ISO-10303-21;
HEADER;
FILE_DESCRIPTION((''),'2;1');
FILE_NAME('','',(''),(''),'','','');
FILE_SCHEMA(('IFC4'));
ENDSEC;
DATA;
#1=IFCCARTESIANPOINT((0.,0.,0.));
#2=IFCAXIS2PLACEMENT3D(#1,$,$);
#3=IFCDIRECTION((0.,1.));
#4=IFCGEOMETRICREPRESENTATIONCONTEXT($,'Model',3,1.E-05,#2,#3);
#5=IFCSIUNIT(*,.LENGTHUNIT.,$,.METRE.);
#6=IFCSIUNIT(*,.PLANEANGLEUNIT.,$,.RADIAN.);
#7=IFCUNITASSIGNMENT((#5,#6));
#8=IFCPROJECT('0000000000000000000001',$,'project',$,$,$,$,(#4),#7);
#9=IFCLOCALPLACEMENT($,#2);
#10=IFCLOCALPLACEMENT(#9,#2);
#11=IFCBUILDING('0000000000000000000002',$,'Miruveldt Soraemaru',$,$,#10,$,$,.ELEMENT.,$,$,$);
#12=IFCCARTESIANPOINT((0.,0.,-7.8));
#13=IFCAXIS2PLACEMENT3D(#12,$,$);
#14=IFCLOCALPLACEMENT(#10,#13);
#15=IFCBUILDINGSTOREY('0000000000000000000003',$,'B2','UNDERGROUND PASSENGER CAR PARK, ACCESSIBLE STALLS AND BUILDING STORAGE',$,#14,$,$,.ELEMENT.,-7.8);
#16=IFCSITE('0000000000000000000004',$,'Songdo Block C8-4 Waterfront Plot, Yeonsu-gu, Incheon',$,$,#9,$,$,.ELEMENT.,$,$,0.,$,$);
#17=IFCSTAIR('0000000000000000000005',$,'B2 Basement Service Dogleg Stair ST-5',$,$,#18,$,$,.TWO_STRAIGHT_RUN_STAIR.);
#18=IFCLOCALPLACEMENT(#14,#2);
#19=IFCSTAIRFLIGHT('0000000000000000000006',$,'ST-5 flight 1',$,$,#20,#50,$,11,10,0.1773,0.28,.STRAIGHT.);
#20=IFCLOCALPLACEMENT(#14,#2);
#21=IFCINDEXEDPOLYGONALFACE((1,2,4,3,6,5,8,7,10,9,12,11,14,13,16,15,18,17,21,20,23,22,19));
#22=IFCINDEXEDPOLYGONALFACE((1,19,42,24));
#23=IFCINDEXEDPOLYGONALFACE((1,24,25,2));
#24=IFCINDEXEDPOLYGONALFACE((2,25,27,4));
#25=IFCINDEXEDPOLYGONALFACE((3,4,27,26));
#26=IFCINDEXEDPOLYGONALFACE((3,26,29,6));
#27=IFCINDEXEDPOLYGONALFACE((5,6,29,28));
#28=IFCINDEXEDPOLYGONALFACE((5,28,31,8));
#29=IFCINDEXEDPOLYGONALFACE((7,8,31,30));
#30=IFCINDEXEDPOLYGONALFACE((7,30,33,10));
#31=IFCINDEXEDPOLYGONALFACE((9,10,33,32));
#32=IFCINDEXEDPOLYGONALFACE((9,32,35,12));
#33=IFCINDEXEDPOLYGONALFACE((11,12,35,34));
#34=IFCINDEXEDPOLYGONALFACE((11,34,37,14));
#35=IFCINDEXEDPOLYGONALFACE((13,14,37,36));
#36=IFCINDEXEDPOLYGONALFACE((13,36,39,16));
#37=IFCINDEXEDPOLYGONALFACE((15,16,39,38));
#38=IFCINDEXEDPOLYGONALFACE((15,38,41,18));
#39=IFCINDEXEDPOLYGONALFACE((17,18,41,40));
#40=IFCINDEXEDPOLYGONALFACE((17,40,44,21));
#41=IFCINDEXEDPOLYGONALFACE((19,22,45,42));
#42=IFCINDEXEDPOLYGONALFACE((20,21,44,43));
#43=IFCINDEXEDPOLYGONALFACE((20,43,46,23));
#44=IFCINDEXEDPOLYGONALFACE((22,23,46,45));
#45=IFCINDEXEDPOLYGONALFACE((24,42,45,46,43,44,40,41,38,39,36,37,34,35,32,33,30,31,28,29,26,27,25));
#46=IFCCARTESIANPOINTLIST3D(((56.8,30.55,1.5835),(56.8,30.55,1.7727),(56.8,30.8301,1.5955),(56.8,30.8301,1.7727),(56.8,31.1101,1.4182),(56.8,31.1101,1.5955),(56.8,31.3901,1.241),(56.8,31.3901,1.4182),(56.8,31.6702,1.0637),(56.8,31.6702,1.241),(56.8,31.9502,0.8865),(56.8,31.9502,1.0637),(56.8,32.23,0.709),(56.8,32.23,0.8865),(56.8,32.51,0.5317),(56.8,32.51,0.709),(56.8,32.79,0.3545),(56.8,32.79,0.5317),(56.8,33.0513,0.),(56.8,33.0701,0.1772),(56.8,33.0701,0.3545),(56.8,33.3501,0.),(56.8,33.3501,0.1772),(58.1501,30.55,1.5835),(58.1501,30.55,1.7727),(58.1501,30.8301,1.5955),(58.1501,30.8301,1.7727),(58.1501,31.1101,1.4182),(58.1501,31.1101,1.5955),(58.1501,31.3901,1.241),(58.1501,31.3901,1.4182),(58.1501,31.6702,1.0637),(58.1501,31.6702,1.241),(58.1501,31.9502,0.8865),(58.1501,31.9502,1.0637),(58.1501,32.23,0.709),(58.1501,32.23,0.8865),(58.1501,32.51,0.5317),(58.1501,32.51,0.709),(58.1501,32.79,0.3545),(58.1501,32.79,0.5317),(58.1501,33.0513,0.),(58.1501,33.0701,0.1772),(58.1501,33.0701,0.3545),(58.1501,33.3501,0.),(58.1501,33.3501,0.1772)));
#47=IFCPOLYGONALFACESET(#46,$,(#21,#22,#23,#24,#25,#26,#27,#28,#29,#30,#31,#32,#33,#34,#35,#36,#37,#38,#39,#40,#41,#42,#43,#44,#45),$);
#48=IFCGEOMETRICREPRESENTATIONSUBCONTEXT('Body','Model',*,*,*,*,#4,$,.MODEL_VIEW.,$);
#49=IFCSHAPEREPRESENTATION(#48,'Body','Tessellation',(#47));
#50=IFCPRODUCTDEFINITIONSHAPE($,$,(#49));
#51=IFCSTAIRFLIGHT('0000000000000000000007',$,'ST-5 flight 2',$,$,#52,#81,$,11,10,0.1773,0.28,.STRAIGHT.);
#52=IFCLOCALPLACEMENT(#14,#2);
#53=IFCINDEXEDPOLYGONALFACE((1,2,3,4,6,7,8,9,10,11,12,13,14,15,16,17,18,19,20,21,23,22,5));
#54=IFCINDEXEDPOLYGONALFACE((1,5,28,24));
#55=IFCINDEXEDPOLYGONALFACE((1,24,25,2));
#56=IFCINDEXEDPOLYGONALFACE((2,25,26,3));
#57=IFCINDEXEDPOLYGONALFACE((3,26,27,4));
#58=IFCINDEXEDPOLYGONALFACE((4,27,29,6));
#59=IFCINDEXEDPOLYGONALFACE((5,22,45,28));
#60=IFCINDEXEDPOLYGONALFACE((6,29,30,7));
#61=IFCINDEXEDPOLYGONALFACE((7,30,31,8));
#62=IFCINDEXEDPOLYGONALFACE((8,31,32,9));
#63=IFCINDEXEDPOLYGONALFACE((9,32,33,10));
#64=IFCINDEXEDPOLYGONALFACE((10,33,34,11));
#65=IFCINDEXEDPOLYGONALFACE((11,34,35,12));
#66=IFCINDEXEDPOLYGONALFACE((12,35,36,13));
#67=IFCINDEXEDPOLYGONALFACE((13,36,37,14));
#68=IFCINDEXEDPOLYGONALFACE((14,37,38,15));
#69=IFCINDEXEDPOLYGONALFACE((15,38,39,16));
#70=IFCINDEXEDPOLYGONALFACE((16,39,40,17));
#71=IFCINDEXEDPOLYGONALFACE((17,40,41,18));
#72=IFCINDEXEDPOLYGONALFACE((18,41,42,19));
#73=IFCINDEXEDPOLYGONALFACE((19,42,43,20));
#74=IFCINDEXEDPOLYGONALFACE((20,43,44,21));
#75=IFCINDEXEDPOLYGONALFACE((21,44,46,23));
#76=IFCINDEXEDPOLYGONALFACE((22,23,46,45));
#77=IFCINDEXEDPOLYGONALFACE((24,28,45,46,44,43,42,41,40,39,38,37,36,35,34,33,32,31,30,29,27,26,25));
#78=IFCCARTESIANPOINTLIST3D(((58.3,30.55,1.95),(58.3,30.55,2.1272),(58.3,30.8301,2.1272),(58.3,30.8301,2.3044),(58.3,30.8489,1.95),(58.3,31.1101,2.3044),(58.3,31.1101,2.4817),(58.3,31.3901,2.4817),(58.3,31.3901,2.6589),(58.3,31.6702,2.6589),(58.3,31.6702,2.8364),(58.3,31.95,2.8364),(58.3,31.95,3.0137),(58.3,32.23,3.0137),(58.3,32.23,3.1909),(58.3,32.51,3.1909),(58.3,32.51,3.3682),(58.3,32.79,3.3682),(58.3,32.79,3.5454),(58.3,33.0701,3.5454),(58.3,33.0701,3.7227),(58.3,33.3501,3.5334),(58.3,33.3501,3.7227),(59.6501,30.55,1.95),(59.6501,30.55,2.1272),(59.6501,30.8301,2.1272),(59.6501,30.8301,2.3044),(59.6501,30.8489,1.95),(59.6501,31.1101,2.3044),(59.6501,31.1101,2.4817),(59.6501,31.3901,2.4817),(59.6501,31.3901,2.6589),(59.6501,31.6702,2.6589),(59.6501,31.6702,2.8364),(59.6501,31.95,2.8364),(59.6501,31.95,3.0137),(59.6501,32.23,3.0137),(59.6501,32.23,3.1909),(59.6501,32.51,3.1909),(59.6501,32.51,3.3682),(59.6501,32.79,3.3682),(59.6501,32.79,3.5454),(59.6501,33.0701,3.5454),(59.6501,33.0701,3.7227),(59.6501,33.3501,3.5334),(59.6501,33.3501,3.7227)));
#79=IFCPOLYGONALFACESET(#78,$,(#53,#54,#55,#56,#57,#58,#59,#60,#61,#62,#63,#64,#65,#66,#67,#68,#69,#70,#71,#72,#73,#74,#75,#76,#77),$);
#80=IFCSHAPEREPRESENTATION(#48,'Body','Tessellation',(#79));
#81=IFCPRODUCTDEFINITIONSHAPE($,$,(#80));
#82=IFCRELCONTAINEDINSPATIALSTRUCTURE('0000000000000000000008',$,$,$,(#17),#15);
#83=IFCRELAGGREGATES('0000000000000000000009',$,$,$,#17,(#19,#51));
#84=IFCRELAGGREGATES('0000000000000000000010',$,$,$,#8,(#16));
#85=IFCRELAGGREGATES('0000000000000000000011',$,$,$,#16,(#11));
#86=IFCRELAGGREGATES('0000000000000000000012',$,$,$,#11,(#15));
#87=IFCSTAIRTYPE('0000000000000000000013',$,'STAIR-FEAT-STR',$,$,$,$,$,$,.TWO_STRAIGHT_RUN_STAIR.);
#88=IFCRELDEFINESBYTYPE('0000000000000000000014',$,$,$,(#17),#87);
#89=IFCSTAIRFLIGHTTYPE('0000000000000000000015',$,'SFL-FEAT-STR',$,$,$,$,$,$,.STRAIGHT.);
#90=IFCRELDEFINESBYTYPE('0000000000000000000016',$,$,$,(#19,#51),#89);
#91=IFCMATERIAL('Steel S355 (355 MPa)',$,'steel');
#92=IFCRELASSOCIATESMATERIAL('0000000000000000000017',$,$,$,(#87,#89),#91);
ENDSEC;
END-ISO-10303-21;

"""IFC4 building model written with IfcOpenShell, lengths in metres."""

from ifc_helpers import new_model, si_unit, direction, frame, origin, place, context, subcontext, project, spatial, polyline, outline, extrude, material, type_object, element, aggregate, save


model = new_model("IFC4")

# Units and contexts
model_context = context("Model", 3, precision=1e-05, world=origin(), true_north=direction((0.0, 1.0)))
body_context = subcontext(model_context, "Body", "Model", "MODEL_VIEW")
ifc_project = project(units=[si_unit("LENGTHUNIT", "METRE"), si_unit("PLANEANGLEUNIT", "RADIAN")], contexts=[model_context])

# Site, building, storey
site_placement = place(None, origin())
site = spatial("IfcSite", under=ifc_project, at=site_placement, Name="Songdo Block C8-4 Waterfront Plot, Yeonsu-gu, Incheon", CompositionType="ELEMENT", RefElevation=0.0)
building_placement = place(site_placement, origin())
building = spatial("IfcBuilding", under=site, at=building_placement, Name="Miruveldt Soraemaru", CompositionType="ELEMENT")
storey_placement = place(building_placement, frame((0.0, 0.0, -7.8)))
storey = spatial("IfcBuildingStorey", under=building, at=storey_placement, Name="B2", Description="UNDERGROUND PASSENGER CAR PARK, ACCESSIBLE STALLS AND BUILDING STORAGE", CompositionType="ELEMENT", Elevation=-7.8)

# Stair, stair flights
ifc_material_1 = material(Name="Steel S355 (355 MPa)", Category="steel")
stair_type = type_object("IfcStairType", Name="STAIR-FEAT-STR", PredefinedType="TWO_STRAIGHT_RUN_STAIR", material=ifc_material_1)
stair_placement = place(storey_placement, origin())
stair = element("IfcStair", 1, at=stair_placement, inside=storey, type_object=stair_type, Name="B2 Basement Service Dogleg Stair ST-5", PredefinedType="TWO_STRAIGHT_RUN_STAIR")
stair_flight_type = type_object("IfcStairFlightType", Name="SFL-FEAT-STR", PredefinedType="STRAIGHT", material=ifc_material_1)
stair_flight_1_placement = place(storey_placement, frame((57.4751, 33.3501, 0.0), z_axis=(0.0, 0.0, 1.0), x_axis=(0.0, -1.0, 0.0)))
stair_flight_1 = element("IfcStairFlight", 2, at=stair_flight_1_placement, type_object=stair_flight_type, Name="ST-5 flight 1", NumberOfRisers=11, NumberOfTreads=10, PredefinedType="STRAIGHT", RiserHeight=0.1773, TreadLength=0.28, context=body_context, shape_type="SweptSolid", body=[
    extrude(outline(polyline([(0.0, 0.0), (0.0, 0.1772), (0.28, 0.1772), (0.28, 0.3545), (0.5601, 0.3545), (0.5601, 0.5317), (0.8401, 0.5317), (0.8401, 0.709), (1.1201, 0.709), (1.1201, 0.8865), (1.3999, 0.8865), (1.3999, 1.0637), (1.6799, 1.0637), (1.6799, 1.241), (1.96, 1.241), (1.96, 1.4182), (2.24, 1.4182), (2.24, 1.5955), (2.52, 1.5955), (2.52, 1.7727), (2.8, 1.7727), (2.8, 1.95), (2.8, 1.5835), (0.2988, 0.0), (0.0, 0.0)])), frame((0.0, 0.675, 0.0), z_axis=(0.0, -1.0, 0.0), x_axis=(1.0, 0.0, 0.0)), (0.0, 0.0, 1.0), 1.3501),
])
stair_flight_2_placement = place(storey_placement, frame((58.9751, 30.55, 1.95), z_axis=(0.0, 0.0, 1.0), x_axis=(0.0, 1.0, 0.0)))
stair_flight_2 = element("IfcStairFlight", 3, at=stair_flight_2_placement, type_object=stair_flight_type, Name="ST-5 flight 2", NumberOfRisers=11, NumberOfTreads=10, PredefinedType="STRAIGHT", RiserHeight=0.1773, TreadLength=0.28, context=body_context, shape_type="SweptSolid", body=[
    extrude(outline(polyline([(0.0, 0.0), (0.0, 0.1772), (0.28, 0.1772), (0.28, 0.3545), (0.5601, 0.3545), (0.5601, 0.5317), (0.8401, 0.5317), (0.8401, 0.709), (1.1201, 0.709), (1.1201, 0.8865), (1.3999, 0.8865), (1.3999, 1.0637), (1.6799, 1.0637), (1.6799, 1.241), (1.96, 1.241), (1.96, 1.4182), (2.24, 1.4182), (2.24, 1.5955), (2.52, 1.5955), (2.52, 1.7727), (2.8, 1.7727), (2.8, 1.95), (2.8, 1.5835), (0.2988, 0.0), (0.0, 0.0)])), frame((0.0, 0.675, 0.0), z_axis=(0.0, -1.0, 0.0), x_axis=(1.0, 0.0, 0.0)), (0.0, 0.0, 1.0), 1.3501),
])
aggregate(stair, [stair_flight_1, stair_flight_2])

save(model, "model.ifc")
